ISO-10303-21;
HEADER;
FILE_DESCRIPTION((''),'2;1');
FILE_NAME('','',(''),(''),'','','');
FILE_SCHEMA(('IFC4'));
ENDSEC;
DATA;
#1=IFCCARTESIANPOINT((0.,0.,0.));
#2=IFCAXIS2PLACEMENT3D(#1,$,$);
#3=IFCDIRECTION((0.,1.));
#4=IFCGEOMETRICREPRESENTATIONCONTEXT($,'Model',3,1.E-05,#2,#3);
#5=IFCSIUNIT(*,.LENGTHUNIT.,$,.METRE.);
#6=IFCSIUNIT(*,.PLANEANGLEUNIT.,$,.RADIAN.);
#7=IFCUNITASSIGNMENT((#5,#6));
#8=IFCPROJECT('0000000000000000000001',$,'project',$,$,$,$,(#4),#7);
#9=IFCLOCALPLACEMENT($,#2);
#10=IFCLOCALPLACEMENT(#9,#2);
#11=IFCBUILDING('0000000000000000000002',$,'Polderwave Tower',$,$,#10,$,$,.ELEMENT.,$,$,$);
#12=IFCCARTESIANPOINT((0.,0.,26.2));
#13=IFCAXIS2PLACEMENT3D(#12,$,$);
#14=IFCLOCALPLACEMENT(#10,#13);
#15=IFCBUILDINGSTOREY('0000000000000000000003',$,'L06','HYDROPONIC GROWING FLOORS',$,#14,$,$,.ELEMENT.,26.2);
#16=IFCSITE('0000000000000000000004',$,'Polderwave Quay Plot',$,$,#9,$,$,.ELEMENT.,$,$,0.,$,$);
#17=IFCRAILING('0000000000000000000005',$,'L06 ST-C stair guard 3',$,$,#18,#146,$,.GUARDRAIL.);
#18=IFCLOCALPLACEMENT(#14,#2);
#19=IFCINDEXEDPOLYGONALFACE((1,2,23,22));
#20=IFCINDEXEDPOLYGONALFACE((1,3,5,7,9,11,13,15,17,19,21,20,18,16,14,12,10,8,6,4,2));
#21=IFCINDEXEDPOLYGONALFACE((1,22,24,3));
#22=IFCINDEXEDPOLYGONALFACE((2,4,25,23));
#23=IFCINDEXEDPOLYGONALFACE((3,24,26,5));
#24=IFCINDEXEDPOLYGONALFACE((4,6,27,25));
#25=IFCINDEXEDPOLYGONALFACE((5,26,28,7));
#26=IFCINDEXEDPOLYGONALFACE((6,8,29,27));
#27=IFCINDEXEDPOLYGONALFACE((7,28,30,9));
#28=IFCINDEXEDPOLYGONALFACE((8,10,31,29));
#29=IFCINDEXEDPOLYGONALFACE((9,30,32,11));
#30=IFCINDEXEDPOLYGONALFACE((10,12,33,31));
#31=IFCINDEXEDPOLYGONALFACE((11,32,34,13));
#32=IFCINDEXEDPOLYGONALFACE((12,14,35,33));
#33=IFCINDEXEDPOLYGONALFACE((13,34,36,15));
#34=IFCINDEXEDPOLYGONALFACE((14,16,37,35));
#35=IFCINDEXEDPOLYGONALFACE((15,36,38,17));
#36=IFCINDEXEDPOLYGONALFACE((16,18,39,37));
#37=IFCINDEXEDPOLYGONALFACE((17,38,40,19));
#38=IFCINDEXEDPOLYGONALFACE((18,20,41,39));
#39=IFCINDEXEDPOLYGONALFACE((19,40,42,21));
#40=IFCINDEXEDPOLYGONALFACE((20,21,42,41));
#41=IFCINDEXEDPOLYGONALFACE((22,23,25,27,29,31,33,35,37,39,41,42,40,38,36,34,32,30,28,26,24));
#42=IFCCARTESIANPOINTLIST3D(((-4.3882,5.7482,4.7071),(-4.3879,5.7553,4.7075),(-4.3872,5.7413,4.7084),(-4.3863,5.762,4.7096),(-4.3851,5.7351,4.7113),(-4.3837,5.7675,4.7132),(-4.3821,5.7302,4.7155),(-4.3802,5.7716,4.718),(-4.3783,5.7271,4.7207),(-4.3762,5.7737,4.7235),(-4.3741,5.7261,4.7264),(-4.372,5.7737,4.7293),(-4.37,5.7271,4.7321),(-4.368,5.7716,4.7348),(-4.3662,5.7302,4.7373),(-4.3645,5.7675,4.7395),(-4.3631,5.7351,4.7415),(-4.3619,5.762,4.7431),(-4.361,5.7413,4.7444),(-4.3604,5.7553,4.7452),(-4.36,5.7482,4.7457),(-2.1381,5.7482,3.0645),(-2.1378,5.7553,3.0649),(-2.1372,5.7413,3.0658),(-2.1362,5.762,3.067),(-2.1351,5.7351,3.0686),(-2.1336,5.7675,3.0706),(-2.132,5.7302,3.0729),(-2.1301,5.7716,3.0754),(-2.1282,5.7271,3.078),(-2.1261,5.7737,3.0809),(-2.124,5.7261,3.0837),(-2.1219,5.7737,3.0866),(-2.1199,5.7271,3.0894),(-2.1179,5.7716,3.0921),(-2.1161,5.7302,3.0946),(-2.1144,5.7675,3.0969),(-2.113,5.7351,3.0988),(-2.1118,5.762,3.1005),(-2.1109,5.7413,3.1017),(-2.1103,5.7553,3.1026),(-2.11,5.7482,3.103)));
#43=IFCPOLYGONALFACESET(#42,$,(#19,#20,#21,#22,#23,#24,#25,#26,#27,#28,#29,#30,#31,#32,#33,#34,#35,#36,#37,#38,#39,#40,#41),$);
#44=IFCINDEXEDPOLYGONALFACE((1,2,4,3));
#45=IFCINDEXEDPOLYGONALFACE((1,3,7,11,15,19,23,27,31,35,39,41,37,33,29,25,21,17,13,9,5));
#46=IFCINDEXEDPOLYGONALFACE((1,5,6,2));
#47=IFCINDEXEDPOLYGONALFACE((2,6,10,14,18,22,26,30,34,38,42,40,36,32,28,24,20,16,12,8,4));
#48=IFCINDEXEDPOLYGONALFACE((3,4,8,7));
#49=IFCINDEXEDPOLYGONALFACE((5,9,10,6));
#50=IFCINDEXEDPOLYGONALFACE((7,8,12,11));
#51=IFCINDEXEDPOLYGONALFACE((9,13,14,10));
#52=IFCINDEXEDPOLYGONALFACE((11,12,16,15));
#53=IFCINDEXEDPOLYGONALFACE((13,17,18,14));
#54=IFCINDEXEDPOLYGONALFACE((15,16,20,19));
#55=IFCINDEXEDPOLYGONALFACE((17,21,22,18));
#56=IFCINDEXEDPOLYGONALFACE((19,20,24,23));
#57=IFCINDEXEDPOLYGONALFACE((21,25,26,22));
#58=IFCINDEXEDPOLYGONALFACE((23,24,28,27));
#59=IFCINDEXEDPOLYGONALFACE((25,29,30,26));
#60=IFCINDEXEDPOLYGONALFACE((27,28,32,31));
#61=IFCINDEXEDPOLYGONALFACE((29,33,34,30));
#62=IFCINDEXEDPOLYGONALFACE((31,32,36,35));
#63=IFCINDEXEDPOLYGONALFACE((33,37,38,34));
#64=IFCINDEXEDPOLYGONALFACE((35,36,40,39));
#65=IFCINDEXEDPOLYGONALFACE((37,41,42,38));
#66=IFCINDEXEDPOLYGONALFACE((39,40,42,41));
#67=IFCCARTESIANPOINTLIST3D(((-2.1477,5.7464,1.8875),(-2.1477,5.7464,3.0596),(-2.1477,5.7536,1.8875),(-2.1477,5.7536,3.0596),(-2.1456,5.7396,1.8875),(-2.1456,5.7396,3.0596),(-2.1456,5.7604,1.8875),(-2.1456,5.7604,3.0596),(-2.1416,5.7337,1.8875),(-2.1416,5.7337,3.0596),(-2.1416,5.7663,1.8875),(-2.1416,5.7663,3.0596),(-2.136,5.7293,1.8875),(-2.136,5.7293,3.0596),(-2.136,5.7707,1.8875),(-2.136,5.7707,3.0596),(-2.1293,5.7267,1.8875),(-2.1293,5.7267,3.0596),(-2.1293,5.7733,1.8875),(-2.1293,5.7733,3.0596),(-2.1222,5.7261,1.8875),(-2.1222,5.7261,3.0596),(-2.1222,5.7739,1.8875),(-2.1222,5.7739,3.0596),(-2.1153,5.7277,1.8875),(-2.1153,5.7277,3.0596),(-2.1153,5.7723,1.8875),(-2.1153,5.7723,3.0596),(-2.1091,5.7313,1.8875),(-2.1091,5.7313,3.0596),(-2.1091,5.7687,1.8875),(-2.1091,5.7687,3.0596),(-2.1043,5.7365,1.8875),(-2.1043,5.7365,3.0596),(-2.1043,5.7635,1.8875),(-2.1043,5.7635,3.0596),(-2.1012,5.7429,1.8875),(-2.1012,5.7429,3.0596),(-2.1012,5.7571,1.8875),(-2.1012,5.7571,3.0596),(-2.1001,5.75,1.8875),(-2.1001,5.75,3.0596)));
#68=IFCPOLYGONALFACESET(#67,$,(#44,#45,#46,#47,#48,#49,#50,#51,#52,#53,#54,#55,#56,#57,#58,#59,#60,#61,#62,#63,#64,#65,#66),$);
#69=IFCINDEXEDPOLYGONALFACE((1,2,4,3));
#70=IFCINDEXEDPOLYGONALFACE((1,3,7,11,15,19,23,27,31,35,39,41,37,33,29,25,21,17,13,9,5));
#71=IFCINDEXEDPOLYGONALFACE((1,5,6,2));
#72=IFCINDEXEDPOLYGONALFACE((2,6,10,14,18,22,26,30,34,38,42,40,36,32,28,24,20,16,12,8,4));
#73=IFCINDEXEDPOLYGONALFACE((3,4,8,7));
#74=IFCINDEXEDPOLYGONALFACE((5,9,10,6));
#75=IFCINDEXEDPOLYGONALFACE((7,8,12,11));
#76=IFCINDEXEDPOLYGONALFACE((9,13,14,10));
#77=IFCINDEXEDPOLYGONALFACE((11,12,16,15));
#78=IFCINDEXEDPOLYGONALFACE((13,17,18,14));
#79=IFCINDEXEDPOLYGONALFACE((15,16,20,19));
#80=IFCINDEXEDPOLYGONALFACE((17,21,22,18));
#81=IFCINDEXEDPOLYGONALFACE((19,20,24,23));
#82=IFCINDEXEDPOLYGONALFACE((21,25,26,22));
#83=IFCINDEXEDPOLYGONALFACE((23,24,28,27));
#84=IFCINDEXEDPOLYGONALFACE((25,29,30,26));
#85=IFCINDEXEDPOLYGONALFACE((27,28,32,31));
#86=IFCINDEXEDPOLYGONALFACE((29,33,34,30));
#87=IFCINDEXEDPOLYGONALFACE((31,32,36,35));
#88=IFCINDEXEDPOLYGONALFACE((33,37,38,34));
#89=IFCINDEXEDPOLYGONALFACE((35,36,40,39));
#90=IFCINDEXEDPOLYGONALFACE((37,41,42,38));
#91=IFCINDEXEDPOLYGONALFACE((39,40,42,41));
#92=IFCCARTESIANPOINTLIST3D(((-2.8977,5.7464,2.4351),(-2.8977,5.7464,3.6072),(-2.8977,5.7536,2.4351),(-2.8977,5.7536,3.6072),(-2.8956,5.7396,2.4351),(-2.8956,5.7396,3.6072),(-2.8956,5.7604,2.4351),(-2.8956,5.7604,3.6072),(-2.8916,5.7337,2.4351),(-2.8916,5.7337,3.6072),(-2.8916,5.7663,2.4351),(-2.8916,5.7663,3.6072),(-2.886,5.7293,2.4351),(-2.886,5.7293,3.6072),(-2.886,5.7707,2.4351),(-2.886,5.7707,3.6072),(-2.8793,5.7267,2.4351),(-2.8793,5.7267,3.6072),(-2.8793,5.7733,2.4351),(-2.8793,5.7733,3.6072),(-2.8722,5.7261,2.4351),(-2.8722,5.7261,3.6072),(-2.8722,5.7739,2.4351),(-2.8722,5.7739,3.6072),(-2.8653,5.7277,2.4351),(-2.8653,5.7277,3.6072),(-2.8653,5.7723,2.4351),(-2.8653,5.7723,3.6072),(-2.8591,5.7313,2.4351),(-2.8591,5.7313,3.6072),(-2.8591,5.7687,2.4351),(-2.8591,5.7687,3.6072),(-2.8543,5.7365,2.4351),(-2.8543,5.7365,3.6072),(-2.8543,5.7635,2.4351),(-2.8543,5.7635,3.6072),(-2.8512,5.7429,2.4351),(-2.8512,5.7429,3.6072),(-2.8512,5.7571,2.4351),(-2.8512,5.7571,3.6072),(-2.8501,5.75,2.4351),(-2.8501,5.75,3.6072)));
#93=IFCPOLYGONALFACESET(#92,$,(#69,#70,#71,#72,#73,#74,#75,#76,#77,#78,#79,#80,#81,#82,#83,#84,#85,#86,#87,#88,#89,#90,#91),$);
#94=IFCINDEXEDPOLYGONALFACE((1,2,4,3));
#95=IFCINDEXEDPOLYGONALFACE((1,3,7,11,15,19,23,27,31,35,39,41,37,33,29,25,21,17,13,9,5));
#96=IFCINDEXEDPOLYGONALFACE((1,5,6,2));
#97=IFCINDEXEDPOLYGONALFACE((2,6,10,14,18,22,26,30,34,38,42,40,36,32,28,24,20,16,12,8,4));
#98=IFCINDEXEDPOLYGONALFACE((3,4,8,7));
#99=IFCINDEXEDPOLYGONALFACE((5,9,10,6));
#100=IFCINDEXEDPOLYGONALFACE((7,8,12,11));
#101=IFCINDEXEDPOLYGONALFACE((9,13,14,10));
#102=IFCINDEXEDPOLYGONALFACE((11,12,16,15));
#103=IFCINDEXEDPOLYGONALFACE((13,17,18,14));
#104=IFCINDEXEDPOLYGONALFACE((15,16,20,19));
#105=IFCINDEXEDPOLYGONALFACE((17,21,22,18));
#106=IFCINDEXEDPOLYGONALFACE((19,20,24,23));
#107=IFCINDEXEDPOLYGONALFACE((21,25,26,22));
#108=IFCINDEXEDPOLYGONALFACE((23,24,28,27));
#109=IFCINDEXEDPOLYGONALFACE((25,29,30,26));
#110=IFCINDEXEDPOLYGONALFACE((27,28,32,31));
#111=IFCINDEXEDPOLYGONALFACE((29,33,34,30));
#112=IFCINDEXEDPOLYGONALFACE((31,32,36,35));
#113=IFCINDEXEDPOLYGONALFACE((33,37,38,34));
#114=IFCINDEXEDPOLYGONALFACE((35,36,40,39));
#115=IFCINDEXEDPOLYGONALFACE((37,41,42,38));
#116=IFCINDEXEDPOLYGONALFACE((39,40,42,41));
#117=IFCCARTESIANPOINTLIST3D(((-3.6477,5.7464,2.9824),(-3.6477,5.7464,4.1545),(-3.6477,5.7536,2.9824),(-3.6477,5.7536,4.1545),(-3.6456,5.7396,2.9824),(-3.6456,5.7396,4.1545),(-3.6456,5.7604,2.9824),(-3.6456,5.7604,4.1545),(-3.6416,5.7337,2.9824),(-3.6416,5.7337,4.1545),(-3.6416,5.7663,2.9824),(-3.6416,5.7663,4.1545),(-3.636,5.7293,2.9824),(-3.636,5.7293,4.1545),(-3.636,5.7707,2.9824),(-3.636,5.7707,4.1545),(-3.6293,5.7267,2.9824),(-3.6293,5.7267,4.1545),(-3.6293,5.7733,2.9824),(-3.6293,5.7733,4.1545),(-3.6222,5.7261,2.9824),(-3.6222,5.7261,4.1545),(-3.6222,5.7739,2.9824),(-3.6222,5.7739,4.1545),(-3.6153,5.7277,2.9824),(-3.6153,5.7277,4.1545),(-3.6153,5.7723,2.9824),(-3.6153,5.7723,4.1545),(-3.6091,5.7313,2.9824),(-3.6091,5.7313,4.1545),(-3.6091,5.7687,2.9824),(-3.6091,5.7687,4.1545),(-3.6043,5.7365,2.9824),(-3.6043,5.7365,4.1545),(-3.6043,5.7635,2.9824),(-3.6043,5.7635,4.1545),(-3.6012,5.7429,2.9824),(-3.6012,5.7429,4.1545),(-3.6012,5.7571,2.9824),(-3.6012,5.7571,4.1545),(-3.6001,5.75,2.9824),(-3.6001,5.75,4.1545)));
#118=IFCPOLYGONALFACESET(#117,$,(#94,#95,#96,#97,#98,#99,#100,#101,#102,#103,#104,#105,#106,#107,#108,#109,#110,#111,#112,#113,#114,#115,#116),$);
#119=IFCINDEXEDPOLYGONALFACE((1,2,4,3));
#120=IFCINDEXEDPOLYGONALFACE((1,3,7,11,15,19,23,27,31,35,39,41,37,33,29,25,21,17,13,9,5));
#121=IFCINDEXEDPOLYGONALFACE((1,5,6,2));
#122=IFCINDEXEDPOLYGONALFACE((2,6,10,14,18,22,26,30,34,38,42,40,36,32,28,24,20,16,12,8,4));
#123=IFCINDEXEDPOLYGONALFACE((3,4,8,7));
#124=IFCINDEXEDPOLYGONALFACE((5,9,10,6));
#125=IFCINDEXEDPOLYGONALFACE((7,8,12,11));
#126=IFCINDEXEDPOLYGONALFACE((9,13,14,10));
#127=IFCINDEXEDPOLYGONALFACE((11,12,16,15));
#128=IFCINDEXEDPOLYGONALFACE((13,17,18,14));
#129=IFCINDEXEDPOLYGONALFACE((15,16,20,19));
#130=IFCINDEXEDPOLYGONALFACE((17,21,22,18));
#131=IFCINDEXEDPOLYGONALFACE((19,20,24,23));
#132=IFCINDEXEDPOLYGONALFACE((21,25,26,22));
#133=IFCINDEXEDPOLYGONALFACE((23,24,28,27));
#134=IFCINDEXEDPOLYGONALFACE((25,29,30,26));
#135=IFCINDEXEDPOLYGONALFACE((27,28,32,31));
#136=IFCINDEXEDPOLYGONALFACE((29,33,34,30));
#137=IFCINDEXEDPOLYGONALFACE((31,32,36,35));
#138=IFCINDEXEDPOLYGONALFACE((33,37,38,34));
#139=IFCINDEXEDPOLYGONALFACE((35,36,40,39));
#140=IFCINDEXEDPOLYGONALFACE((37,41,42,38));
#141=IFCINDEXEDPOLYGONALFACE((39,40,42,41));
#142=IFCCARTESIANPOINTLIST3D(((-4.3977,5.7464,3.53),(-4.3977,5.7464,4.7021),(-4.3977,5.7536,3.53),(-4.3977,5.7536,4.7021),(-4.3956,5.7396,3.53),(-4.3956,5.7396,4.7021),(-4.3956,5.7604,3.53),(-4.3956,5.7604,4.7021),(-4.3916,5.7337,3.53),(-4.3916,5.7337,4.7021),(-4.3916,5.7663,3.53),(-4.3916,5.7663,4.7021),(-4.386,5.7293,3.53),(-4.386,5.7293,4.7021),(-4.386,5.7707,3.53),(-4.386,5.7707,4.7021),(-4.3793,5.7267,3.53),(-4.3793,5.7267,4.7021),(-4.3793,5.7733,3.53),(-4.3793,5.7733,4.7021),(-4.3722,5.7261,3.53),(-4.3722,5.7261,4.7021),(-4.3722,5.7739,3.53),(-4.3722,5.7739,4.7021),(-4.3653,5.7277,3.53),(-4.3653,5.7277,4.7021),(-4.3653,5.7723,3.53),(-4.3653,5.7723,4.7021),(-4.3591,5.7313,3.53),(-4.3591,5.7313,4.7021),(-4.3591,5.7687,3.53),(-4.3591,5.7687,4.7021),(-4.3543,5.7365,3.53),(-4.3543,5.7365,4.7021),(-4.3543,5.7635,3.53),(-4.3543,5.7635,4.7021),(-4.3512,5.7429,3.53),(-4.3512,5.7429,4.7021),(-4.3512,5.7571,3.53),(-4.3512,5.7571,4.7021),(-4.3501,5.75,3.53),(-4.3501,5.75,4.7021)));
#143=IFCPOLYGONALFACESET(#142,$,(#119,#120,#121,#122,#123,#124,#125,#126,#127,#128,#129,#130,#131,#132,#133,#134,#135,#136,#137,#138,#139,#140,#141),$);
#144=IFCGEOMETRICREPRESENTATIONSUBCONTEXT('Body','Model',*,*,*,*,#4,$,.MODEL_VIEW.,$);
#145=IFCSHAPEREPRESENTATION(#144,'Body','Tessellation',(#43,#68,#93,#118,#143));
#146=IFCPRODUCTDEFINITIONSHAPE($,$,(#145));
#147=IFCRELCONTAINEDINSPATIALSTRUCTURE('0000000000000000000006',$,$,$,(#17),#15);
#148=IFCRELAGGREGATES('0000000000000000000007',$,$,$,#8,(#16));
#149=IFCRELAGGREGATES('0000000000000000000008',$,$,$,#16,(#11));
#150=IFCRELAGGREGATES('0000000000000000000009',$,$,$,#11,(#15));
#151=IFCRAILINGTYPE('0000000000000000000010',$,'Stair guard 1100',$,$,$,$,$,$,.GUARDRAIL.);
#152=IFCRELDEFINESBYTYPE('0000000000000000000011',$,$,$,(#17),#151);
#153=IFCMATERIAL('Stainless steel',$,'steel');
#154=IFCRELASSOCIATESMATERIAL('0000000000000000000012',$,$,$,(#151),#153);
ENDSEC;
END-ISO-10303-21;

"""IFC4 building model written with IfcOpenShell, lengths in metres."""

from ifc_helpers import new_model, si_unit, direction, frame, origin, origin_2d, place, context, subcontext, project, spatial, circle, extrude, material, type_object, element, save


model = new_model("IFC4")

# Units and contexts
model_context = context("Model", 3, precision=1e-05, world=origin(), true_north=direction((0.0, 1.0)))
body_context = subcontext(model_context, "Body", "Model", "MODEL_VIEW")
ifc_project = project(units=[si_unit("LENGTHUNIT", "METRE"), si_unit("PLANEANGLEUNIT", "RADIAN")], contexts=[model_context])

# Site, building, storey
site_placement = place(None, origin())
site = spatial("IfcSite", under=ifc_project, at=site_placement, Name="Polderwave Quay Plot", CompositionType="ELEMENT", RefElevation=0.0)
building_placement = place(site_placement, origin())
building = spatial("IfcBuilding", under=site, at=building_placement, Name="Polderwave Tower", CompositionType="ELEMENT")
storey_placement = place(building_placement, frame((0.0, 0.0, 26.2)))
storey = spatial("IfcBuildingStorey", under=building, at=storey_placement, Name="L06", Description="HYDROPONIC GROWING FLOORS", CompositionType="ELEMENT", Elevation=26.2)

# Railing
ifc_material_1 = material(Name="Stainless steel", Category="steel")
railing_type_1 = type_object("IfcRailingType", Name="Stair guard 1100", PredefinedType="GUARDRAIL", material=ifc_material_1)
railing_1_placement = place(storey_placement, frame((-2.124, 5.75, 1.8875)))
element("IfcRailing", 1, at=railing_1_placement, inside=storey, type_object=railing_type_1, Name="L06 ST-C stair guard 3", PredefinedType="GUARDRAIL", context=body_context, shape_type="SweptSolid", body=[
    extrude(circle(Radius=0.0239, at=origin_2d()), frame((0.0, 0.0, 1.1963), z_axis=(-0.807674, 0.0, 0.58963), x_axis=(0.0, -1.0, 0.0)), (0.0, 0.0, 1.0), 2.7859),
    extrude(circle(Radius=0.0239, at=origin_2d()), origin(), (0.0, 0.0, 1.0), 1.1721),
    extrude(circle(Radius=0.0239, at=origin_2d()), frame((-0.75, 0.0, 0.5476)), (0.0, 0.0, 1.0), 1.1721),
    extrude(circle(Radius=0.0239, at=origin_2d()), frame((-1.5, 0.0, 1.095)), (0.0, 0.0, 1.0), 1.1721),
    extrude(circle(Radius=0.0239, at=origin_2d()), frame((-2.25, 0.0, 1.6426)), (0.0, 0.0, 1.0), 1.1721),
])

save(model, "model.ifc")
